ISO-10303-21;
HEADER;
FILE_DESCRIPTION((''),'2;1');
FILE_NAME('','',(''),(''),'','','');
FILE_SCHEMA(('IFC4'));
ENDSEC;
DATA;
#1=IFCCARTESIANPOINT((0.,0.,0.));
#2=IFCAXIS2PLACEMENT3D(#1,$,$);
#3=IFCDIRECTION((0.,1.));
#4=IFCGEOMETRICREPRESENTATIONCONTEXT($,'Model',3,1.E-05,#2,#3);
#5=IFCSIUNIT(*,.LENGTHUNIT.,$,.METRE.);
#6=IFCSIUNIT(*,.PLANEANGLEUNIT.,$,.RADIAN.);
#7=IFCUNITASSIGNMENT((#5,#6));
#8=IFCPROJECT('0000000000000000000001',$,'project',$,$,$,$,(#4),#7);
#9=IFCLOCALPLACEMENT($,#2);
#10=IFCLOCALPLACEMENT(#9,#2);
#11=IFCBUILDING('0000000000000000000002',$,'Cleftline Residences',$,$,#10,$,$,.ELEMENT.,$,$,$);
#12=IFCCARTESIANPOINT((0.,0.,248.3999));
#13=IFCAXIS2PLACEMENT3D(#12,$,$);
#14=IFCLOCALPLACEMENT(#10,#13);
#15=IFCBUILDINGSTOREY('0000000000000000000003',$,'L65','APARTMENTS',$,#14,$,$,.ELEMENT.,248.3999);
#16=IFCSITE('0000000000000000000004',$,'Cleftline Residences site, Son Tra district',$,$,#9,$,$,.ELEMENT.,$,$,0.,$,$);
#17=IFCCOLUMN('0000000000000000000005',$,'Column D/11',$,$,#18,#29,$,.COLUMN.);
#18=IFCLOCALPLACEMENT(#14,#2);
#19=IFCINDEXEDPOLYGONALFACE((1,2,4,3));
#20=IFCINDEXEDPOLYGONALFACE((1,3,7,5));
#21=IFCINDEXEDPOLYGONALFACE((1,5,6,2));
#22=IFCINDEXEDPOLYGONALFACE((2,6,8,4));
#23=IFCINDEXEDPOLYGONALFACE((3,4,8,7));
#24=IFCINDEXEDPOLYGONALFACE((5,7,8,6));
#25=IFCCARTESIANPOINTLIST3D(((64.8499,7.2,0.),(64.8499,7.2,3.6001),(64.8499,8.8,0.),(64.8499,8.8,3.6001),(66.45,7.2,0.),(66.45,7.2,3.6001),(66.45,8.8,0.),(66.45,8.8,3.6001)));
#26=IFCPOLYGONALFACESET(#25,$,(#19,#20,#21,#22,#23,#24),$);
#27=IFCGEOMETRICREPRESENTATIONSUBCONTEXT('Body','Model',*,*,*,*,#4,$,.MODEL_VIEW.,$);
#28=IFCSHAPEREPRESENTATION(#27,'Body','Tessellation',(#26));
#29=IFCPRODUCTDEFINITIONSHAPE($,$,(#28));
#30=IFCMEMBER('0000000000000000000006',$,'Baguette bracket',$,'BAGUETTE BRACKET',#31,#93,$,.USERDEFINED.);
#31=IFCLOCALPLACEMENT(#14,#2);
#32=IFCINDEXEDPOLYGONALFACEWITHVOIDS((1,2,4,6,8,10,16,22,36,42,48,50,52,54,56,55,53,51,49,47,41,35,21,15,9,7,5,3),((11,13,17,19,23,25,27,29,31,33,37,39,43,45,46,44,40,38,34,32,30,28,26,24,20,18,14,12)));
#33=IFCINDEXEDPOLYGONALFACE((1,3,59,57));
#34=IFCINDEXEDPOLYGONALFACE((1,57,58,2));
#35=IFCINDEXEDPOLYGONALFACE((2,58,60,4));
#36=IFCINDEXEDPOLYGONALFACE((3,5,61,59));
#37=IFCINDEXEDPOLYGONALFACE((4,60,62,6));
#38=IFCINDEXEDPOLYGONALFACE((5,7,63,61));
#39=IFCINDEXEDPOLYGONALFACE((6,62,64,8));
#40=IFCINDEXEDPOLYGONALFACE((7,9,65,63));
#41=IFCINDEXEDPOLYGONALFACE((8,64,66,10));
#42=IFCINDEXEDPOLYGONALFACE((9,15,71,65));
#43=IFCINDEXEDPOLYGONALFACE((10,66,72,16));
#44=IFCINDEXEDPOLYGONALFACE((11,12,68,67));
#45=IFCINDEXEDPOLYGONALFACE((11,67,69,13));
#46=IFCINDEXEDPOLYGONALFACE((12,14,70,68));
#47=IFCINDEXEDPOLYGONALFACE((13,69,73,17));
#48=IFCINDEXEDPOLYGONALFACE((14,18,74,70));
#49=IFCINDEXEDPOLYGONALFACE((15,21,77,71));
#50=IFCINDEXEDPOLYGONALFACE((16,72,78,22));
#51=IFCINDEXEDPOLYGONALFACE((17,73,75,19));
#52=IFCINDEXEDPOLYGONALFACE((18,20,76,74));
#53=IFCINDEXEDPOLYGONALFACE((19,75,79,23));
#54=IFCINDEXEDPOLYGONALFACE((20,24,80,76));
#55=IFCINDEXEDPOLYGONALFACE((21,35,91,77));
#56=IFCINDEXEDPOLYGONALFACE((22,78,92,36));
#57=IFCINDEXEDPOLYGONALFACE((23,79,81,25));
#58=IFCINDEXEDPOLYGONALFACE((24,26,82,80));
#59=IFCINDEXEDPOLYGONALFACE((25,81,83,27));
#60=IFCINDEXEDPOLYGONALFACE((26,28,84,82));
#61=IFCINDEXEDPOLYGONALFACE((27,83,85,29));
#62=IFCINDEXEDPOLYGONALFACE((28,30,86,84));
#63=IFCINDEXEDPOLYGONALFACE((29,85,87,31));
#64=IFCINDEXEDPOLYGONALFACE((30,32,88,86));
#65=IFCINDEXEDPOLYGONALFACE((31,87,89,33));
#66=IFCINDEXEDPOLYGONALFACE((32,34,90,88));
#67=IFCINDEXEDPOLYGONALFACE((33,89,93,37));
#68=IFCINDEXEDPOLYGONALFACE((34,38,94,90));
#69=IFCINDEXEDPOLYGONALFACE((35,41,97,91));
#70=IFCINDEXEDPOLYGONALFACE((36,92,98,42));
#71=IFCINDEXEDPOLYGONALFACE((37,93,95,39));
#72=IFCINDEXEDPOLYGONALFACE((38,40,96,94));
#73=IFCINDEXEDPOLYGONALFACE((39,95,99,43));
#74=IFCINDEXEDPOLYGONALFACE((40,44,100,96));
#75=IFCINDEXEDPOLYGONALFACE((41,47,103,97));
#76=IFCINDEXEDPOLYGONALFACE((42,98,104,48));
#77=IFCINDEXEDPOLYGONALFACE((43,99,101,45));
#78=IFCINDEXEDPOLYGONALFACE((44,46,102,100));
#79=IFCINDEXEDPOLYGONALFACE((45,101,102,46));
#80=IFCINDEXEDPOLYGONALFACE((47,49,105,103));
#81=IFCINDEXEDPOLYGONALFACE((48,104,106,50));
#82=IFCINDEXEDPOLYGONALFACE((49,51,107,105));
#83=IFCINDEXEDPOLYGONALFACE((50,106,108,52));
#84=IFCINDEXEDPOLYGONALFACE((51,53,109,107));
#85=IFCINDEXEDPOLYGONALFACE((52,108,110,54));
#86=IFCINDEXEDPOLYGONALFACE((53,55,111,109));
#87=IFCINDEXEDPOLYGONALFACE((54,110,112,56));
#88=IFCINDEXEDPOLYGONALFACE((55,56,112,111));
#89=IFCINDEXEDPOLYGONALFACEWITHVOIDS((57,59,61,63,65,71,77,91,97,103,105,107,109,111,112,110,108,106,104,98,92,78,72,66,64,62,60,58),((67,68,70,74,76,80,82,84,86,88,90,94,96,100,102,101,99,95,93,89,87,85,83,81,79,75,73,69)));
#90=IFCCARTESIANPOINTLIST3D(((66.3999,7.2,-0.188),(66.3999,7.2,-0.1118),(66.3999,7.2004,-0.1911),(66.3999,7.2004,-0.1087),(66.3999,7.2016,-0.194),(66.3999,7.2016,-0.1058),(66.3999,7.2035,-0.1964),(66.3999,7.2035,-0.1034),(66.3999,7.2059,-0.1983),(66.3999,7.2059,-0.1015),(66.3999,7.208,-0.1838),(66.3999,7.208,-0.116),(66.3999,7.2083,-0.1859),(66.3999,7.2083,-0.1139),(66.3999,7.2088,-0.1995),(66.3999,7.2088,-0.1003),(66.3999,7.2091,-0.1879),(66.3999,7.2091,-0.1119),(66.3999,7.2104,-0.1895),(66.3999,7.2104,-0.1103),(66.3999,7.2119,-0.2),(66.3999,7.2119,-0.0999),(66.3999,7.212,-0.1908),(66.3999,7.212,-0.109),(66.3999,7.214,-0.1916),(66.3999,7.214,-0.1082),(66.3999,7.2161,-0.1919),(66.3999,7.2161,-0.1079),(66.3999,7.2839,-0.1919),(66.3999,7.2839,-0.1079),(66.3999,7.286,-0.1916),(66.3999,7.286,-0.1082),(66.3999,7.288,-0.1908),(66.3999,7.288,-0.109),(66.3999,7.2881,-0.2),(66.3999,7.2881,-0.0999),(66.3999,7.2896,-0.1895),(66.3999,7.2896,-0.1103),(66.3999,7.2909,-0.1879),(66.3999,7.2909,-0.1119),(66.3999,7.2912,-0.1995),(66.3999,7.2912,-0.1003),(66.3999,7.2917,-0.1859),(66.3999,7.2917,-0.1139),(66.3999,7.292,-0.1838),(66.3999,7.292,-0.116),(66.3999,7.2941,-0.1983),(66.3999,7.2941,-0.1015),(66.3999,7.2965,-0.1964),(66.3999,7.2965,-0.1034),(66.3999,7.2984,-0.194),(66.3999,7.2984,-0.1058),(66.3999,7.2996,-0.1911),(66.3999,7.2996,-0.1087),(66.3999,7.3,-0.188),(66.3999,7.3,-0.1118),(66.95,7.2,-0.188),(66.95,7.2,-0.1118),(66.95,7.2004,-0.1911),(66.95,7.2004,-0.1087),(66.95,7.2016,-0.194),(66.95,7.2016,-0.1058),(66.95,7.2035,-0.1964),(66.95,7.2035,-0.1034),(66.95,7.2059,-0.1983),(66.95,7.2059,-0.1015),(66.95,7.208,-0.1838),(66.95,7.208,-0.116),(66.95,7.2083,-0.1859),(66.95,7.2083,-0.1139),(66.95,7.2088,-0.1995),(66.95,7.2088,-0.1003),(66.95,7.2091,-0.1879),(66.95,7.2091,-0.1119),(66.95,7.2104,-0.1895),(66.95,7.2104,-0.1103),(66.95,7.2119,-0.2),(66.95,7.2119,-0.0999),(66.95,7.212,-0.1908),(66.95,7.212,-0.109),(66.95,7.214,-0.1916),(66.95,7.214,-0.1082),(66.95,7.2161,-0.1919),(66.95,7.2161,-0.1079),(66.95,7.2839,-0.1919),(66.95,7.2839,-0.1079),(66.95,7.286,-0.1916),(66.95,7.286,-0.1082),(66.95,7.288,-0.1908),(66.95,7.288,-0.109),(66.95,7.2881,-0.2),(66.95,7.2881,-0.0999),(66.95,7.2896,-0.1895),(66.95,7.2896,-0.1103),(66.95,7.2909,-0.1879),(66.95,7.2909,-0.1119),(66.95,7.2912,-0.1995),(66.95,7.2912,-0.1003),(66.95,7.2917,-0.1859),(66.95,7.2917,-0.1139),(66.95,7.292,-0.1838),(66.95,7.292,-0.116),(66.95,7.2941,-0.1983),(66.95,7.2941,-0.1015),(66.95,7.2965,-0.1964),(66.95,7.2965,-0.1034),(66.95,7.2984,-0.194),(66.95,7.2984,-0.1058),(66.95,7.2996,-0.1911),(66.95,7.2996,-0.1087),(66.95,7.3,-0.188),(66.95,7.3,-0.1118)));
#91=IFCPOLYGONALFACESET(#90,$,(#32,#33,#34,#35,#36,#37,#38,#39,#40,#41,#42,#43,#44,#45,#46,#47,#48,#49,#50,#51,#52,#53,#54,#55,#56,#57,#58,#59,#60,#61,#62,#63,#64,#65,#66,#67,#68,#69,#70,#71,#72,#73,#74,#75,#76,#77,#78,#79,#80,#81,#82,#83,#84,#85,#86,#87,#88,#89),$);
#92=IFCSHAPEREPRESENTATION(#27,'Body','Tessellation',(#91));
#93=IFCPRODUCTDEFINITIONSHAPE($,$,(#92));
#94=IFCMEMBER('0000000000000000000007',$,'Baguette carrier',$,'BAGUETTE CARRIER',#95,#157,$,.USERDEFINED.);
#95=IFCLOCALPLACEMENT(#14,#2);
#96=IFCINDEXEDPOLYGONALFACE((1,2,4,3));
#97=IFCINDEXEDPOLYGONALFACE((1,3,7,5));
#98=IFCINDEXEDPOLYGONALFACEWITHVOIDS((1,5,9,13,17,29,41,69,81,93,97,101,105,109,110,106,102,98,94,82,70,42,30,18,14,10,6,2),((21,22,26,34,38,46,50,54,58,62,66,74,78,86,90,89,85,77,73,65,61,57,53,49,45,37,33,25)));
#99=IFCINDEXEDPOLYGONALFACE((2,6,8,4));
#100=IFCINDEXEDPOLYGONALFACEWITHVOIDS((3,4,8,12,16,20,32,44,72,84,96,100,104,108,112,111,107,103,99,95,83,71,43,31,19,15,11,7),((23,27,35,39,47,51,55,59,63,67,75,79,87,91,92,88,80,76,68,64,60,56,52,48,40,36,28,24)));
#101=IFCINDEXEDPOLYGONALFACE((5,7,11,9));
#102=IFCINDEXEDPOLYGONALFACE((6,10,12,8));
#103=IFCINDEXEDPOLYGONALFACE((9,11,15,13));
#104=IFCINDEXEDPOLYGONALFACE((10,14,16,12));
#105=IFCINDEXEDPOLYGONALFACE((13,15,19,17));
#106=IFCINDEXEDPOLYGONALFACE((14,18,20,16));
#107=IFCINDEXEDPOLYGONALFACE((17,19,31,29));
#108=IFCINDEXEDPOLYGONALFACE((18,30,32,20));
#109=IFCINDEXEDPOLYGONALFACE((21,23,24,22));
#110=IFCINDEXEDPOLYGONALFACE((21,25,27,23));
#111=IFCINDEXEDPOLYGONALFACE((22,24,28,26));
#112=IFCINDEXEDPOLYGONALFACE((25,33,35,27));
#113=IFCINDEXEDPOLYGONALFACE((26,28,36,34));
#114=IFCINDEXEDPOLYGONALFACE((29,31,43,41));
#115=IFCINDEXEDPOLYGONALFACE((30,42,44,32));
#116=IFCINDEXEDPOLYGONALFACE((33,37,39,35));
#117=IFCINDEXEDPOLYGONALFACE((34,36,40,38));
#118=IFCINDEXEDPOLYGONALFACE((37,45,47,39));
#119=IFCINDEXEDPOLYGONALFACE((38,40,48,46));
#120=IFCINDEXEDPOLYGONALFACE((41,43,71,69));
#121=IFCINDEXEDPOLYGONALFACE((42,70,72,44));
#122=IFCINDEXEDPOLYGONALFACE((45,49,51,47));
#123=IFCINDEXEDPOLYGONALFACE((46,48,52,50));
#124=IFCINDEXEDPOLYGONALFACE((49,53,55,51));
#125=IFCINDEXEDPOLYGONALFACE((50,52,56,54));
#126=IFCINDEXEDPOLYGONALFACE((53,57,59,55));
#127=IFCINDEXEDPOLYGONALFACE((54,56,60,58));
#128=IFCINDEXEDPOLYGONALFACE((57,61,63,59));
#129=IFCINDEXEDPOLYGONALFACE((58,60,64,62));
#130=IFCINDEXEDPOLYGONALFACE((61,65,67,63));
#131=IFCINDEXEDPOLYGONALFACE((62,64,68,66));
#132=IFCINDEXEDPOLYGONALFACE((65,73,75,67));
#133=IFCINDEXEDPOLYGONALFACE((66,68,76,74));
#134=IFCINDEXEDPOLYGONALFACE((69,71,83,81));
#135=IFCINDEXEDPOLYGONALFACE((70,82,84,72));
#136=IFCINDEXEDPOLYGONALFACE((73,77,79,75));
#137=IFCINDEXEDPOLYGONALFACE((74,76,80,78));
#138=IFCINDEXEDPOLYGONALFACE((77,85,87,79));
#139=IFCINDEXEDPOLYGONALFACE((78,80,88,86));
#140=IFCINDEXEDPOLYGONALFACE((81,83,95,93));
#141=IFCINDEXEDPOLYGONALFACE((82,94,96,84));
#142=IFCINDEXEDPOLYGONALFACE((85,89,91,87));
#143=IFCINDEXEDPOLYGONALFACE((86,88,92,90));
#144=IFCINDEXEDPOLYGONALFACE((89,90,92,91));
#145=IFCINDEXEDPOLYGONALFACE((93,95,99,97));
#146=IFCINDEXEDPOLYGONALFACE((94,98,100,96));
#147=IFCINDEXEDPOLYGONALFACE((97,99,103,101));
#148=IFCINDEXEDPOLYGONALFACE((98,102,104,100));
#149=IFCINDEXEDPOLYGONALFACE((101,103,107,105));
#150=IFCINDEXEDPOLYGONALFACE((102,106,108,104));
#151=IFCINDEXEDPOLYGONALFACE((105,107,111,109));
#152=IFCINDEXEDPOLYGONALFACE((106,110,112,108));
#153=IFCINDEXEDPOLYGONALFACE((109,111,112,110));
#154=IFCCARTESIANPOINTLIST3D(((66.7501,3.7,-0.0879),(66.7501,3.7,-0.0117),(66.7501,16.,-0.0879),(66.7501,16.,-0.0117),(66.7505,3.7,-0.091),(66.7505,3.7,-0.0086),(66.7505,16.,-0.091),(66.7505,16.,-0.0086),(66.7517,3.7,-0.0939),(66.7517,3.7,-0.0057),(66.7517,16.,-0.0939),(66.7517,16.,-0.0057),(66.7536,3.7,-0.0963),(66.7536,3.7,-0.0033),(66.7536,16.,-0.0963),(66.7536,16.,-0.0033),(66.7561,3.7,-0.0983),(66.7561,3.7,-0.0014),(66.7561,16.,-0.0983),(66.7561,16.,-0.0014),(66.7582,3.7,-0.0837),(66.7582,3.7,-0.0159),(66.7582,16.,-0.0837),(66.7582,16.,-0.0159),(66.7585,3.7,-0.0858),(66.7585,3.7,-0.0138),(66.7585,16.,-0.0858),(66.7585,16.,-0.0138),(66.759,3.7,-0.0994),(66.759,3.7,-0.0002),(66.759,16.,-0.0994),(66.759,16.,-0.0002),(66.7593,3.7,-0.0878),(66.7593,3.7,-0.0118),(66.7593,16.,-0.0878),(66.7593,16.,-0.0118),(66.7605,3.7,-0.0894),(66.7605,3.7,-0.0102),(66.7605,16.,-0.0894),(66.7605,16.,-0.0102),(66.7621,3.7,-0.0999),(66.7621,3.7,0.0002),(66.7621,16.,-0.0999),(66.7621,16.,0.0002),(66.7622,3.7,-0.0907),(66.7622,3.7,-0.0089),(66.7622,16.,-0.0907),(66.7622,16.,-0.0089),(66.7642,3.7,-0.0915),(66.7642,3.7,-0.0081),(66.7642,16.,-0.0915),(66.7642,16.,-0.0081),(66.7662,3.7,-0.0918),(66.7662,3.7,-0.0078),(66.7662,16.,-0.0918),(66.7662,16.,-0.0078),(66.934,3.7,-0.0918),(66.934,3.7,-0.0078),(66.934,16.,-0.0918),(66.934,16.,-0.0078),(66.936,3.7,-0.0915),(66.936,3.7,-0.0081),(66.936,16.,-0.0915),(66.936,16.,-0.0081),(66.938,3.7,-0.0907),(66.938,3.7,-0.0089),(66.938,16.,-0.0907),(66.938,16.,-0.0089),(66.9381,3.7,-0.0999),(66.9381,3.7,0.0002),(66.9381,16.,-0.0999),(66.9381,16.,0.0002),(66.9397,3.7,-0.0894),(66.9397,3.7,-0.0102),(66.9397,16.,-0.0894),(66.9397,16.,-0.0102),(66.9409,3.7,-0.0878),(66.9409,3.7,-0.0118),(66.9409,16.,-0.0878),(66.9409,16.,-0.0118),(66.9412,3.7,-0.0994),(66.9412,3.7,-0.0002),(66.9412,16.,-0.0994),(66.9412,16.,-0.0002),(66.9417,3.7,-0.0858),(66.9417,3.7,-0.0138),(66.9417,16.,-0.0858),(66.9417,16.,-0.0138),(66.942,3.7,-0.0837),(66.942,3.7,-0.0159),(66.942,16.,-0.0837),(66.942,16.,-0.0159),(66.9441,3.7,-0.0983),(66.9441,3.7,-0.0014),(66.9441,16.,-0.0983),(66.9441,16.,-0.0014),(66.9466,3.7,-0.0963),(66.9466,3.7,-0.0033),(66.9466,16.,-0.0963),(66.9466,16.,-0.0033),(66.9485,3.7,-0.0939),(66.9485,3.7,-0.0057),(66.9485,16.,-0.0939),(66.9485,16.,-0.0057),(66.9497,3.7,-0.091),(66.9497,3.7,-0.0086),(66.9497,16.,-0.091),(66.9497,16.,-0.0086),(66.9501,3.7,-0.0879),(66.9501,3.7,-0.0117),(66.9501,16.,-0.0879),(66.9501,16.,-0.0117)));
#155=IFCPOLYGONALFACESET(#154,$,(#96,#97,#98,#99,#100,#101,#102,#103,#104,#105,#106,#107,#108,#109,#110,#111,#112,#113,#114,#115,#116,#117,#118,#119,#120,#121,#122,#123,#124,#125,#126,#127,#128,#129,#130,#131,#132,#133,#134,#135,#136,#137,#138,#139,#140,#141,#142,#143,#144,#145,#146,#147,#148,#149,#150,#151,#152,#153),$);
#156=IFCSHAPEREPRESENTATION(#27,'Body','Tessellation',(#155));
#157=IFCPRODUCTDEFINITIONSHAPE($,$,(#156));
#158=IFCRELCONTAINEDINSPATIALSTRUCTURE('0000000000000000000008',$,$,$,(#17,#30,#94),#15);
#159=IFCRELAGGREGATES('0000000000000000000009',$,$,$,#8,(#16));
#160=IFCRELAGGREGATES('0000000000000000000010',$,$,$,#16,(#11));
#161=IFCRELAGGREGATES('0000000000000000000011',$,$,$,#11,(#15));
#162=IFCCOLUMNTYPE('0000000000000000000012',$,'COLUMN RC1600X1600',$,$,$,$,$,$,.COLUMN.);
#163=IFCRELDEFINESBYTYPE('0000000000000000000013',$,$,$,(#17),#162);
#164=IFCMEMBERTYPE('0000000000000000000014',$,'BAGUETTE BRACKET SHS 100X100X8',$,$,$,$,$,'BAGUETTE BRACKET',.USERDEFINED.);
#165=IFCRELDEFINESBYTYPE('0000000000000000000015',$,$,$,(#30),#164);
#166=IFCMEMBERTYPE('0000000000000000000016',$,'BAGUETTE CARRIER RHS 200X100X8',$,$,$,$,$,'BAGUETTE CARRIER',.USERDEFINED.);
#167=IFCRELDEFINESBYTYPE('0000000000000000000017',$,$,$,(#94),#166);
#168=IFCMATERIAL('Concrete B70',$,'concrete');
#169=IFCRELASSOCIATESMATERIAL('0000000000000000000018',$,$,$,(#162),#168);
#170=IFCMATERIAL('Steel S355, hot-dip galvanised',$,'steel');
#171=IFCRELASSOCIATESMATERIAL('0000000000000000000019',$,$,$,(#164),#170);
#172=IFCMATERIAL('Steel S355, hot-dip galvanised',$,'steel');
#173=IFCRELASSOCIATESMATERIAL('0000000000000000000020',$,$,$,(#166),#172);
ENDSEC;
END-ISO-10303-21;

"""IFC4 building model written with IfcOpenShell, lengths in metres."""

from ifc_helpers import new_model, si_unit, direction, frame, origin, origin_2d, place, context, subcontext, project, spatial, rectangle, hollow_rectangle, extrude, material, material_profile, profile_set, type_object, element, save


model = new_model("IFC4")

# Units and contexts
model_context = context("Model", 3, precision=1e-05, world=origin(), true_north=direction((0.0, 1.0)))
body_context = subcontext(model_context, "Body", "Model", "MODEL_VIEW")
ifc_project = project(units=[si_unit("LENGTHUNIT", "METRE"), si_unit("PLANEANGLEUNIT", "RADIAN")], contexts=[model_context])

# Site, building, storey
site_placement = place(None, origin())
site = spatial("IfcSite", under=ifc_project, at=site_placement, Name="Cleftline Residences site, Son Tra district", CompositionType="ELEMENT", RefElevation=0.0)
building_placement = place(site_placement, origin())
building = spatial("IfcBuilding", under=site, at=building_placement, Name="Cleftline Residences", CompositionType="ELEMENT")
storey_placement = place(building_placement, frame((0.0, 0.0, 248.3999)))
storey = spatial("IfcBuildingStorey", under=building, at=storey_placement, Name="L65", Description="APARTMENTS", CompositionType="ELEMENT", Elevation=248.3999)

# Column
ifc_material_1 = material(Name="Concrete B70", Category="concrete")
ifc_material_profile_1 = material_profile(ifc_material_1, rectangle(XDim=1.6001, YDim=1.6001, at=origin_2d()))
ifc_profile_set_1 = profile_set([ifc_material_profile_1], Name="Concrete B70")
column_type = type_object("IfcColumnType", Name="COLUMN RC1600X1600", PredefinedType="COLUMN", material=ifc_profile_set_1)
column_placement = place(storey_placement, frame((65.6499, 8.0, 0.0), z_axis=(0.0, 0.0, 1.0), x_axis=(1.0, 0.0, 0.0)))
element("IfcColumn", 1, at=column_placement, inside=storey, type_object=column_type, Name="Column D/11", PredefinedType="COLUMN", context=body_context, shape_type="SweptSolid", body=[
    extrude(rectangle(XDim=1.6001, YDim=1.6001, at=origin_2d()), origin(), (0.0, 0.0, 1.0), 3.6001),
])

# Members
ifc_material_2 = material(Name="Steel S355, hot-dip galvanised", Category="steel")
ifc_material_profile_2 = material_profile(ifc_material_2, hollow_rectangle(XDim=0.1001, YDim=0.1001, WallThickness=0.0081, InnerFilletRadius=0.0081, OuterFilletRadius=0.012, at=origin_2d()))
ifc_profile_set_2 = profile_set([ifc_material_profile_2], Name="Steel S355, hot-dip galvanised")
member_type_1 = type_object("IfcMemberType", Name="BAGUETTE BRACKET SHS 100X100X8", ElementType="BAGUETTE BRACKET", PredefinedType="USERDEFINED", material=ifc_profile_set_2)
member_1_placement = place(storey_placement, frame((66.3999, 7.25, -0.1499), z_axis=(1.0, 0.0, 0.0), x_axis=(0.0, 1.0, 0.0)))
element("IfcMember", 2, at=member_1_placement, inside=storey, type_object=member_type_1, Name="Baguette bracket", ObjectType="BAGUETTE BRACKET", PredefinedType="USERDEFINED", context=body_context, shape_type="SweptSolid", body=[
    extrude(hollow_rectangle(XDim=0.1001, YDim=0.1001, WallThickness=0.0081, InnerFilletRadius=0.0081, OuterFilletRadius=0.012, at=origin_2d()), origin(), (0.0, 0.0, 1.0), 0.55),
])
ifc_material_3 = material(Name="Steel S355, hot-dip galvanised", Category="steel")
ifc_material_profile_3 = material_profile(ifc_material_3, hollow_rectangle(XDim=0.1001, YDim=0.2, WallThickness=0.0081, InnerFilletRadius=0.0081, OuterFilletRadius=0.012, at=origin_2d()))
ifc_profile_set_3 = profile_set([ifc_material_profile_3], Name="Steel S355, hot-dip galvanised")
member_type_2 = type_object("IfcMemberType", Name="BAGUETTE CARRIER RHS 200X100X8", ElementType="BAGUETTE CARRIER", PredefinedType="USERDEFINED", material=ifc_profile_set_3)
member_2_placement = place(storey_placement, frame((66.8501, 3.7, -0.0498), z_axis=(0.0, 1.0, 0.0), x_axis=(0.0, 0.0, 1.0)))
element("IfcMember", 3, at=member_2_placement, inside=storey, type_object=member_type_2, Name="Baguette carrier", ObjectType="BAGUETTE CARRIER", PredefinedType="USERDEFINED", context=body_context, shape_type="SweptSolid", body=[
    extrude(hollow_rectangle(XDim=0.1001, YDim=0.2, WallThickness=0.0081, InnerFilletRadius=0.0081, OuterFilletRadius=0.012, at=origin_2d()), origin(), (0.0, 0.0, 1.0), 12.3),
])

save(model, "model.ifc")
